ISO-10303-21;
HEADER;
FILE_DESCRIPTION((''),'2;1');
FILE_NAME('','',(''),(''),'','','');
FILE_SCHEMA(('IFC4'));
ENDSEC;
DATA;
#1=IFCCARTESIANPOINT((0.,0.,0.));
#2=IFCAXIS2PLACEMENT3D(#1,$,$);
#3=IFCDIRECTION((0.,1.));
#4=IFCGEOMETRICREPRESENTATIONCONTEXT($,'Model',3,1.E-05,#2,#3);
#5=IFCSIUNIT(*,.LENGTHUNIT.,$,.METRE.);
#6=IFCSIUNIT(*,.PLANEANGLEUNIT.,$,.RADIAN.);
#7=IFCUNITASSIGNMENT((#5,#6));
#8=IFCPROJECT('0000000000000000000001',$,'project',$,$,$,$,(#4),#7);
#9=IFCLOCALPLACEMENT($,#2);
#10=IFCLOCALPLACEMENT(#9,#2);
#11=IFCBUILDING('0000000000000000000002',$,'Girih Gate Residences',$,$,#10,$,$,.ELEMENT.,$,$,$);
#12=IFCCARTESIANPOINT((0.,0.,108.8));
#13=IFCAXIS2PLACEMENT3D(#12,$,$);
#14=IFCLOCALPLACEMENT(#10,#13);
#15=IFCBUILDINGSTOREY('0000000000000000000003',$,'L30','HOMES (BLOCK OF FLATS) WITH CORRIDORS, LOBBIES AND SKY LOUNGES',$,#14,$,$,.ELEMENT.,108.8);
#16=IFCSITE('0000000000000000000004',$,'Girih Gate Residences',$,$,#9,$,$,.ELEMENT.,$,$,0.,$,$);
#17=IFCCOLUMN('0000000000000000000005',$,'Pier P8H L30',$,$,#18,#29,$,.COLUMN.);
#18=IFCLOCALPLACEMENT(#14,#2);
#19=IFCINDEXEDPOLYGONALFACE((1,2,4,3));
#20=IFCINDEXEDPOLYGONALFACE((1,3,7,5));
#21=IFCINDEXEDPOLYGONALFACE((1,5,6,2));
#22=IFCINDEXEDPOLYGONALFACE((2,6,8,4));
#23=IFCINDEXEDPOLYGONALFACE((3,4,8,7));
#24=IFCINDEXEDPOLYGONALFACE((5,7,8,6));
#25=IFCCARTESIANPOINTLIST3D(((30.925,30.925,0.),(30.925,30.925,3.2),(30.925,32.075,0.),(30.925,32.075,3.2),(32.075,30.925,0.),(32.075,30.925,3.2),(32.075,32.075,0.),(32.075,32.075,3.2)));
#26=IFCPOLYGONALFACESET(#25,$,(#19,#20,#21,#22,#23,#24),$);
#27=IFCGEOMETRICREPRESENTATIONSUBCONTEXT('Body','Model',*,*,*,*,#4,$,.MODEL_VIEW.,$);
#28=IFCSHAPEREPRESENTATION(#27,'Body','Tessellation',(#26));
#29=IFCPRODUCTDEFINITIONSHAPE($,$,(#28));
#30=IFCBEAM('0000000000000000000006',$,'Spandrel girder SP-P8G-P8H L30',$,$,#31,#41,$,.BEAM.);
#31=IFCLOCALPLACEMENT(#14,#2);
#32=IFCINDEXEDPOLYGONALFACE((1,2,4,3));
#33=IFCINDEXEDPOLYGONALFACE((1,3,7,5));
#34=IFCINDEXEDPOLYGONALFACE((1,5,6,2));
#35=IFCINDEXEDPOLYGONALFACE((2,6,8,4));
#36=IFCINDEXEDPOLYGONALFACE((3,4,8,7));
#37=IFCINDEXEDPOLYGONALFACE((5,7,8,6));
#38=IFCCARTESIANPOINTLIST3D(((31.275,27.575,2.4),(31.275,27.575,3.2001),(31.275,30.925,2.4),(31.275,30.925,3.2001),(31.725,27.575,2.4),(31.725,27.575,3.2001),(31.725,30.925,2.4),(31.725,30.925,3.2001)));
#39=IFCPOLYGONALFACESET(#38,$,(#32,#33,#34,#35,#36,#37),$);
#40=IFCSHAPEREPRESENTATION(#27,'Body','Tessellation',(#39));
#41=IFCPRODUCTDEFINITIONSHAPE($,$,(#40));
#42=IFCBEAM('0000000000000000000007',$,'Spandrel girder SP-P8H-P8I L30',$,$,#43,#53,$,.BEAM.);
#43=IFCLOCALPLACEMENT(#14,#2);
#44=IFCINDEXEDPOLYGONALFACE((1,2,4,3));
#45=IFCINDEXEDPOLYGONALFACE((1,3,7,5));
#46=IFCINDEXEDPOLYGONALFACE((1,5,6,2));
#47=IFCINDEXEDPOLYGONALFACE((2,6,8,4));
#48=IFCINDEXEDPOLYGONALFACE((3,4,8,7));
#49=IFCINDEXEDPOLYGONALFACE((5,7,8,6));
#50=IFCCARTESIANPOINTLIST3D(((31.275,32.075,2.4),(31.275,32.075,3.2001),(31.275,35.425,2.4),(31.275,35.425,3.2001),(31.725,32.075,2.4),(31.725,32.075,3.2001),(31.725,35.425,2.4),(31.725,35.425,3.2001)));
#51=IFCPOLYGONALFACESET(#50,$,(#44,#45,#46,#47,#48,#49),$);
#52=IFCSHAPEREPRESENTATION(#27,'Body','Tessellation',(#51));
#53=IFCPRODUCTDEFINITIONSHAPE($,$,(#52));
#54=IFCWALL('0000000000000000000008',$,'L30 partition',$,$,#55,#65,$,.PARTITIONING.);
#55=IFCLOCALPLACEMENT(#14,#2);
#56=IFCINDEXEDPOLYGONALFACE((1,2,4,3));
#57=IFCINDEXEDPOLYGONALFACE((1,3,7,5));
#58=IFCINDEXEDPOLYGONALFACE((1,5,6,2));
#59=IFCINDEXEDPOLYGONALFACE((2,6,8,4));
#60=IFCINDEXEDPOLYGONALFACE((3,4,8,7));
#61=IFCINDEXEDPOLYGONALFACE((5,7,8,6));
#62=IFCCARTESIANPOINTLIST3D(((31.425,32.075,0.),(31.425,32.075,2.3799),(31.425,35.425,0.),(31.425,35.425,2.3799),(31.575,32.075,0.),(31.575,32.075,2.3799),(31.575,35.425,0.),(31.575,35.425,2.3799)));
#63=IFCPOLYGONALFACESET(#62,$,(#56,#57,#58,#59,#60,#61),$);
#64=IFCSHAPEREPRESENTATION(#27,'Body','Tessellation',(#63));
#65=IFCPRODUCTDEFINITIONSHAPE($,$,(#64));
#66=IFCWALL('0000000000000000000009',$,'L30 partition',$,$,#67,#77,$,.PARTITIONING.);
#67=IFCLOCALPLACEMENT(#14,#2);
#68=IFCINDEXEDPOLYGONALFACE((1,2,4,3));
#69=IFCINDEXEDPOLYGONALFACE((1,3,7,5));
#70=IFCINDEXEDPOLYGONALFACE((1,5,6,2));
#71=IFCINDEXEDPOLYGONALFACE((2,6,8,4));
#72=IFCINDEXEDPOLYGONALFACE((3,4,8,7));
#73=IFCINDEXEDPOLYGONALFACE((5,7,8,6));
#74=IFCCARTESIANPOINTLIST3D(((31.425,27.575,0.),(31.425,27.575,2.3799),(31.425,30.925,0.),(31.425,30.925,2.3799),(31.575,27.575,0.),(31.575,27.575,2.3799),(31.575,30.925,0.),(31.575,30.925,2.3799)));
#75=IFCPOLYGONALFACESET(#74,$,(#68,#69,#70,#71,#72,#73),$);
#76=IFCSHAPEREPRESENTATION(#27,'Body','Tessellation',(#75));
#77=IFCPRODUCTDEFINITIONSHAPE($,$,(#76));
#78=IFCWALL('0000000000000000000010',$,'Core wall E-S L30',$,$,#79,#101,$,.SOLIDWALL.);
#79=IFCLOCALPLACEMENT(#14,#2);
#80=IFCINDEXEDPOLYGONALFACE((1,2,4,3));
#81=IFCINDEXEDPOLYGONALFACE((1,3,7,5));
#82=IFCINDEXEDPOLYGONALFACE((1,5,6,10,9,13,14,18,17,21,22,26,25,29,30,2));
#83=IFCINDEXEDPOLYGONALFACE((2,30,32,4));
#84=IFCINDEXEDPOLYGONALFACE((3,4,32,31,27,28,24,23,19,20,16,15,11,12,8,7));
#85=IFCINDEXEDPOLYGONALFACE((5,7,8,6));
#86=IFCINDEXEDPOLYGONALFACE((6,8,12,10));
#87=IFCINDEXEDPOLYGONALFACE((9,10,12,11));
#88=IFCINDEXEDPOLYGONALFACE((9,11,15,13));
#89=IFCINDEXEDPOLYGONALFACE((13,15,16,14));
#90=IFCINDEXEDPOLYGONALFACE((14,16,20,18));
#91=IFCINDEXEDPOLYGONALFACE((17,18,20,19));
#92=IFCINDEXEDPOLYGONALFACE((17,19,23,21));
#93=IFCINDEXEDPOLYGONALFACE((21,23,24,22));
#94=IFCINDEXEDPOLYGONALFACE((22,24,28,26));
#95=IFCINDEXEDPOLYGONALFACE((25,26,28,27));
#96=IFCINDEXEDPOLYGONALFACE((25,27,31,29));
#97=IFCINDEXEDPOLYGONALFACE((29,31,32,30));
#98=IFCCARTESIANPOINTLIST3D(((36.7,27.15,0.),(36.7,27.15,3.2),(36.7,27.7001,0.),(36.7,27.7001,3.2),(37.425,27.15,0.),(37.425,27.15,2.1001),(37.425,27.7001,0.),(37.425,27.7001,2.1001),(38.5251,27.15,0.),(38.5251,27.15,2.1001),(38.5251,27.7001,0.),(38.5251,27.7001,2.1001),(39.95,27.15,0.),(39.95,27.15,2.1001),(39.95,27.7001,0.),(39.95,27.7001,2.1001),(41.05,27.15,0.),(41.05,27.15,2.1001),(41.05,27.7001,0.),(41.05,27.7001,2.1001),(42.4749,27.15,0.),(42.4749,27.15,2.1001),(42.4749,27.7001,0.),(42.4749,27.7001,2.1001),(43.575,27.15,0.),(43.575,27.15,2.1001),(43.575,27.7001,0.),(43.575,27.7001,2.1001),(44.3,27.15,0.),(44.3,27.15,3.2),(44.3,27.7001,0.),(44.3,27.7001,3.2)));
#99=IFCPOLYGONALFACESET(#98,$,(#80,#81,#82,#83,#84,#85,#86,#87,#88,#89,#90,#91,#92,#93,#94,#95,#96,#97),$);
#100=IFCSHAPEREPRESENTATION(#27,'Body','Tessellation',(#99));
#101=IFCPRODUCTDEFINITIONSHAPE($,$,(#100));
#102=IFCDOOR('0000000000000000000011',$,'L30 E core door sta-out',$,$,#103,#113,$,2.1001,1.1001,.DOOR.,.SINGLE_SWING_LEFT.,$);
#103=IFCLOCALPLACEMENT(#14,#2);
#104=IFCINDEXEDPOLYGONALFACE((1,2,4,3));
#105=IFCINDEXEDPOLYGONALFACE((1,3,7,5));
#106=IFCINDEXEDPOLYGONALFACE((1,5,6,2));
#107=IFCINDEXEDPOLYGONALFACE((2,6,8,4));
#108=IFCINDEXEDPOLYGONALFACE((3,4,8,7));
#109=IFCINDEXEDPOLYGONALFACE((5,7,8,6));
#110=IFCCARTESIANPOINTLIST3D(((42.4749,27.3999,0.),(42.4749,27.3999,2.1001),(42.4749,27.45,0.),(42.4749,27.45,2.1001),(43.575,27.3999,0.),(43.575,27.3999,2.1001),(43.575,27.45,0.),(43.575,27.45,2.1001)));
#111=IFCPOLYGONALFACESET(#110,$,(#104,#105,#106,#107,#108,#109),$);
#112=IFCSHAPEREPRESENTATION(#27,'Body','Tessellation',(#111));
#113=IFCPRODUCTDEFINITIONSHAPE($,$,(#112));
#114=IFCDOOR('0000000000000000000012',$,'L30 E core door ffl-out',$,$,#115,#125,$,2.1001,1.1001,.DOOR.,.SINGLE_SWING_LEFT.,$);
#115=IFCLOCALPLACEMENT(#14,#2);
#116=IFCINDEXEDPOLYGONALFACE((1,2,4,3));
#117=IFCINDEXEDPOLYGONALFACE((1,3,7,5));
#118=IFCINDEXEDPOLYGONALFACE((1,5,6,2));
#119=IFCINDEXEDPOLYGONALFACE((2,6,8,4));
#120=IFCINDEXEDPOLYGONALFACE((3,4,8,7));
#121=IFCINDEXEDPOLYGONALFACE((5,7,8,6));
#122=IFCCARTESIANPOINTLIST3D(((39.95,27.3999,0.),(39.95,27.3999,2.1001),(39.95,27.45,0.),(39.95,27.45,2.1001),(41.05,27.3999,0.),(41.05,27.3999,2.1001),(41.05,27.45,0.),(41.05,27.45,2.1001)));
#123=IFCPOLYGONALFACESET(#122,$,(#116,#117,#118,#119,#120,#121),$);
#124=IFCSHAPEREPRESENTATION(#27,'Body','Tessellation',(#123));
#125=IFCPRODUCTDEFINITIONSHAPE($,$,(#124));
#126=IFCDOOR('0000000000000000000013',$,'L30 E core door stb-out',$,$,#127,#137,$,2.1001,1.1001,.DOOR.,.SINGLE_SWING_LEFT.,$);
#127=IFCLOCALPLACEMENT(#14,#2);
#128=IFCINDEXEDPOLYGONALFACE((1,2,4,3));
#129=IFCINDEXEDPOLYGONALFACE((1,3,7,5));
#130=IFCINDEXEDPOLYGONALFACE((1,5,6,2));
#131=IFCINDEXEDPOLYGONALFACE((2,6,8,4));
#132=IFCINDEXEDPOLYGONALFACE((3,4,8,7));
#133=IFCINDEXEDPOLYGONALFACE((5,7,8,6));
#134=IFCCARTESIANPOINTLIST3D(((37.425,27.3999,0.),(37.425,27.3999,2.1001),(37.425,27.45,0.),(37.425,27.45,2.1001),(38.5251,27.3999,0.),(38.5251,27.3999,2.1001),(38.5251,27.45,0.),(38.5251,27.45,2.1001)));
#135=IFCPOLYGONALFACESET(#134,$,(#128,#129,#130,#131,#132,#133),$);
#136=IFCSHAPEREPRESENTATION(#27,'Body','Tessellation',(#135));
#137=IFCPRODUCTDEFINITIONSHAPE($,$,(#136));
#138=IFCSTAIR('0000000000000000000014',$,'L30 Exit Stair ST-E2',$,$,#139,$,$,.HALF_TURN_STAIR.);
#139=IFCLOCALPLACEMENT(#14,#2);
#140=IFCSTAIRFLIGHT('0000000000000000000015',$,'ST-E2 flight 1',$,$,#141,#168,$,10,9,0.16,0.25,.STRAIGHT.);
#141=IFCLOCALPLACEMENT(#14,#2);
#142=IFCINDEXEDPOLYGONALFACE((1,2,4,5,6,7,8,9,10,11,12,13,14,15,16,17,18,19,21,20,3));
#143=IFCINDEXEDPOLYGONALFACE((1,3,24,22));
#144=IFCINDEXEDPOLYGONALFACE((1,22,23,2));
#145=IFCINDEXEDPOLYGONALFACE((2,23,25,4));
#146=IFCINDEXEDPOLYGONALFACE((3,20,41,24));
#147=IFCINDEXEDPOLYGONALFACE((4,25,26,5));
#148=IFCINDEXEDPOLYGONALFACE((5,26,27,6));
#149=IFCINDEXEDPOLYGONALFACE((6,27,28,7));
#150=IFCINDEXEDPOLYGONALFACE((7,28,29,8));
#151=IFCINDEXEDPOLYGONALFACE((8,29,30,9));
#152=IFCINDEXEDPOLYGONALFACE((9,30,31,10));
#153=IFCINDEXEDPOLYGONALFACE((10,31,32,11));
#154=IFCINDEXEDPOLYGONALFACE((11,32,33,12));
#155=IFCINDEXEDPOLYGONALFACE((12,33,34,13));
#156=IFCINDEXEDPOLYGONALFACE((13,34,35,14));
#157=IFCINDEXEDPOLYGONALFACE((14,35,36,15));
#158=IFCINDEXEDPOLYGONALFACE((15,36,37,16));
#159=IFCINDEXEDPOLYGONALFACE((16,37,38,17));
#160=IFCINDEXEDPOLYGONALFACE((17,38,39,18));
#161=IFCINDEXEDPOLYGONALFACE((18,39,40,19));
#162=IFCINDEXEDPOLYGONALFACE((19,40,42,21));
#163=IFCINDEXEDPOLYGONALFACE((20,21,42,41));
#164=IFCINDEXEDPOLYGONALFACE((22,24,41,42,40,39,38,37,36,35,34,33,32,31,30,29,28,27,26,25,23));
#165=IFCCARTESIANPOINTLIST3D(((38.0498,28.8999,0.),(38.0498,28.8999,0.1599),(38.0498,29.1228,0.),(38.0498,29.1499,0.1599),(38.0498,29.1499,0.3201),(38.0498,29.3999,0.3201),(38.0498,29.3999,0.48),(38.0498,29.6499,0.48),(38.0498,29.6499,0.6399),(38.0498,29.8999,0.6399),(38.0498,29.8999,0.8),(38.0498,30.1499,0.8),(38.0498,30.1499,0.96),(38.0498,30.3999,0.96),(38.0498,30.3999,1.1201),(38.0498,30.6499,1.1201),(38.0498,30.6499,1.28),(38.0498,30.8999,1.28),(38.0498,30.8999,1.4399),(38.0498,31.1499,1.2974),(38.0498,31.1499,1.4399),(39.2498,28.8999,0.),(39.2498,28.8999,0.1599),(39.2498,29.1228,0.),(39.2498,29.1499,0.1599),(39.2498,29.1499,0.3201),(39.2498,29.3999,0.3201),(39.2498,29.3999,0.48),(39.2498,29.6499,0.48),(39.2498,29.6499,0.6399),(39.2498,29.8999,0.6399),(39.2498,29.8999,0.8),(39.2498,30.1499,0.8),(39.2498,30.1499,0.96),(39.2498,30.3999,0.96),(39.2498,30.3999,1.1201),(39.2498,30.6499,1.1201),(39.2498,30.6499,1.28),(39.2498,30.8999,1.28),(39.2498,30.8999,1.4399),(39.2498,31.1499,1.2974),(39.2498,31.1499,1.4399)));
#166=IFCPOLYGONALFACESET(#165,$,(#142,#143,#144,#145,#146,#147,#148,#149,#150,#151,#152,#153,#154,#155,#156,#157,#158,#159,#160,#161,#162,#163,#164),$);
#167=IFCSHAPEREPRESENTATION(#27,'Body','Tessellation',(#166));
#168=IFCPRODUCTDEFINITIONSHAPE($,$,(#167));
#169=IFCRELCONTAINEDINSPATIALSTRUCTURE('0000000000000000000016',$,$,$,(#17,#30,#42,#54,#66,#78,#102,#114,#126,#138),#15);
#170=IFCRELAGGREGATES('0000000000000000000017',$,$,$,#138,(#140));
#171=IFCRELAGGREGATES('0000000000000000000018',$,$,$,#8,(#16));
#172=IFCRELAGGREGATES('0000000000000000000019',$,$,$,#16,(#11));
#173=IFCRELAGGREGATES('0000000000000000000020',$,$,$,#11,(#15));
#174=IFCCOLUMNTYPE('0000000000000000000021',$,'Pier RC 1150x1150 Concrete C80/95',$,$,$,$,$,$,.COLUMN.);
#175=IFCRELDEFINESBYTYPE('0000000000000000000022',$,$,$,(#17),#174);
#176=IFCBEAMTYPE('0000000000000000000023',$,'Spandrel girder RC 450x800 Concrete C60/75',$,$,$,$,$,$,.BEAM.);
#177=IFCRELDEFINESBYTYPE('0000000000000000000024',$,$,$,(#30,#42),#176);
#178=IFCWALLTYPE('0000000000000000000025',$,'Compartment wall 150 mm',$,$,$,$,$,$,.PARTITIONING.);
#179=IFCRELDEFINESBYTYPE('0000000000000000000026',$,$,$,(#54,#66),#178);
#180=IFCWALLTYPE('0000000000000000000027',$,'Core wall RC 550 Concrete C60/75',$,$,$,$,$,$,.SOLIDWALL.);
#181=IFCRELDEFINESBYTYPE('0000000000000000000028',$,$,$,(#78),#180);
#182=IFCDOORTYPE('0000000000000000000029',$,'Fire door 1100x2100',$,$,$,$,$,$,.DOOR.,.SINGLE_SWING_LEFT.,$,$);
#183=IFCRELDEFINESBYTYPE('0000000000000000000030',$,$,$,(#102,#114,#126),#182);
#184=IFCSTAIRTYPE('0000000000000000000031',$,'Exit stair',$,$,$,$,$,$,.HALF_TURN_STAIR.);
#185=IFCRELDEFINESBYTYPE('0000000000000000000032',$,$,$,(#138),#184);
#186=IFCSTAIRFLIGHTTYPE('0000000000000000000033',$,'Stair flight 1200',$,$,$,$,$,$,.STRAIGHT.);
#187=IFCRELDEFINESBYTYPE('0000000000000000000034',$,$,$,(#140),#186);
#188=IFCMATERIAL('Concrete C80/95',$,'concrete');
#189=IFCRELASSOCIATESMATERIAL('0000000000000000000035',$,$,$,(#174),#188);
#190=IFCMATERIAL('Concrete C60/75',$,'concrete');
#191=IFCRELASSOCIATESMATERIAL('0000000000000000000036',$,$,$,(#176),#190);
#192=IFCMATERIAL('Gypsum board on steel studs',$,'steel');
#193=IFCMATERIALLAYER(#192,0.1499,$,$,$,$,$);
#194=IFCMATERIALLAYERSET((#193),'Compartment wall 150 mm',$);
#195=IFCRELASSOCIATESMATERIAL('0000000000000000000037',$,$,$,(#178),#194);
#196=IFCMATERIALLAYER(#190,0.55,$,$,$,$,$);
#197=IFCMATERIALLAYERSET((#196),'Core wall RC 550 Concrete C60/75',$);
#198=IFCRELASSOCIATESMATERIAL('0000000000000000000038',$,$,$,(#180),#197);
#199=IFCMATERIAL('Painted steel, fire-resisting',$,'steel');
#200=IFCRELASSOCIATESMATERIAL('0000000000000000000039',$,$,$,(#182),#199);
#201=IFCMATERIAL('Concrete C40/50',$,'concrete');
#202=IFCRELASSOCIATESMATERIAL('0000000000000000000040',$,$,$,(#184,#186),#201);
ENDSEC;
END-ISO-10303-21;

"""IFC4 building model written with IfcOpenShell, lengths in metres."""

from ifc_helpers import new_model, si_unit, direction, frame, frame_2d, origin, origin_2d, place, context, subcontext, project, spatial, polyline, rectangle, outline, extrude, material, layer, layer_set, material_profile, profile_set, type_object, element, fill, aggregate, save


model = new_model("IFC4")

# Units and contexts
model_context = context("Model", 3, precision=1e-05, world=origin(), true_north=direction((0.0, 1.0)))
body_context = subcontext(model_context, "Body", "Model", "MODEL_VIEW")
ifc_project = project(units=[si_unit("LENGTHUNIT", "METRE"), si_unit("PLANEANGLEUNIT", "RADIAN")], contexts=[model_context])

# Site, building, storey
site_placement = place(None, origin())
site = spatial("IfcSite", under=ifc_project, at=site_placement, Name="Girih Gate Residences", CompositionType="ELEMENT", RefElevation=0.0)
building_placement = place(site_placement, origin())
building = spatial("IfcBuilding", under=site, at=building_placement, Name="Girih Gate Residences", CompositionType="ELEMENT")
storey_placement = place(building_placement, frame((0.0, 0.0, 108.8)))
storey = spatial("IfcBuildingStorey", under=building, at=storey_placement, Name="L30", Description="HOMES (BLOCK OF FLATS) WITH CORRIDORS, LOBBIES AND SKY LOUNGES", CompositionType="ELEMENT", Elevation=108.8)

# Column
ifc_material_1 = material(Name="Concrete C80/95", Category="concrete")
ifc_material_profile_1 = material_profile(ifc_material_1, rectangle(XDim=1.1499, YDim=1.1499, at=origin_2d()))
ifc_profile_set_1 = profile_set([ifc_material_profile_1], Name="Concrete C80/95")
column_type = type_object("IfcColumnType", Name="Pier RC 1150x1150 Concrete C80/95", PredefinedType="COLUMN", material=ifc_profile_set_1)
column_placement = place(storey_placement, frame((31.5, 31.5, 0.0), z_axis=(0.0, 0.0, 1.0), x_axis=(1.0, 0.0, 0.0)))
element("IfcColumn", 1, at=column_placement, inside=storey, type_object=column_type, Name="Pier P8H L30", PredefinedType="COLUMN", context=body_context, shape_type="SweptSolid", body=[
    extrude(rectangle(XDim=1.1499, YDim=1.1499, at=origin_2d()), origin(), (0.0, 0.0, 1.0), 3.2),
])

# Beams
ifc_material_2 = material(Name="Concrete C60/75", Category="concrete")
ifc_material_profile_2 = material_profile(ifc_material_2, rectangle(XDim=0.45, YDim=0.8, at=origin_2d()))
ifc_profile_set_2 = profile_set([ifc_material_profile_2], Name="Concrete C60/75")
beam_type = type_object("IfcBeamType", Name="Spandrel girder RC 450x800 Concrete C60/75", PredefinedType="BEAM", material=ifc_profile_set_2)
for number, where, z_axis, x_axis, name in (
    (2, (31.5, 27.575, 2.8), (0.0, 1.0, 0.0), (-1.0, 0.0, 0.0), "Spandrel girder SP-P8G-P8H L30"),
    (3, (31.5, 32.075, 2.8), (0.0, 1.0, 0.0), (-1.0, 0.0, 0.0), "Spandrel girder SP-P8H-P8I L30"),
):
    element("IfcBeam", number, at=place(storey_placement, frame(where, z_axis=z_axis, x_axis=x_axis)), inside=storey, type_object=beam_type, Name=name, PredefinedType="BEAM", context=body_context, shape_type="SweptSolid", body=[
        extrude(rectangle(XDim=0.45, YDim=0.8, at=origin_2d()), origin(), (0.0, 0.0, 1.0), 3.3501),
    ])

# Walls
ifc_material_3 = material(Name="Gypsum board on steel studs", Category="steel")
ifc_layer_1 = layer(ifc_material_3, 0.1499)
ifc_layer_set_1 = layer_set([ifc_layer_1], Name="Compartment wall 150 mm")
wall_type_1 = type_object("IfcWallType", Name="Compartment wall 150 mm", PredefinedType="PARTITIONING", material=ifc_layer_set_1)
for number, where, z_axis, x_axis, name in (
    (4, (31.5, 32.075, 0.0), (0.0, 0.0, 1.0), (0.0, 1.0, 0.0), "L30 partition"),
    (5, (31.5, 27.575, 0.0), (0.0, 0.0, 1.0), (0.0, 1.0, 0.0), "L30 partition"),
):
    element("IfcWall", number, at=place(storey_placement, frame(where, z_axis=z_axis, x_axis=x_axis)), inside=storey, type_object=wall_type_1, Name=name, PredefinedType="PARTITIONING", context=body_context, shape_type="SweptSolid", body=[
        extrude(rectangle(XDim=3.3501, YDim=0.1499, at=frame_2d((1.675, 0.0))), origin(), (0.0, 0.0, 1.0), 2.3799),
    ])

# Wall, openings, doors
ifc_layer_2 = layer(ifc_material_2, 0.55)
ifc_layer_set_2 = layer_set([ifc_layer_2], Name="Core wall RC 550 Concrete C60/75")
wall_type_2 = type_object("IfcWallType", Name="Core wall RC 550 Concrete C60/75", PredefinedType="SOLIDWALL", material=ifc_layer_set_2)
wall_placement = place(storey_placement, frame((36.7, 27.425, 0.0), z_axis=(0.0, 0.0, 1.0), x_axis=(1.0, 0.0, 0.0)))
wall = element("IfcWall", 6, at=wall_placement, inside=storey, type_object=wall_type_2, Name="Core wall E-S L30", PredefinedType="SOLIDWALL", context=body_context, shape_type="SweptSolid", body=[
    extrude(rectangle(XDim=7.6001, YDim=0.55, at=frame_2d((3.8, 0.0))), origin(), (0.0, 0.0, 1.0), 3.2),
])
opening_1_placement = place(wall_placement, frame((5.7749, 0.0, 0.0)))
opening_1 = element("IfcOpeningElement", 7, at=opening_1_placement, cuts=wall, PredefinedType="OPENING", context=body_context, shape_type="SweptSolid", body=[
    extrude(rectangle(XDim=1.1001, YDim=2.1001, at=frame_2d((0.55, 1.05))), frame((0.0, 0.2849, 0.0), z_axis=(0.0, -1.0, 0.0), x_axis=(1.0, 0.0, 0.0)), (0.0, 0.0, 1.0), 0.5701),
])
opening_2_placement = place(wall_placement, frame((3.25, 0.0, 0.0)))
opening_2 = element("IfcOpeningElement", 8, at=opening_2_placement, cuts=wall, PredefinedType="OPENING", context=body_context, shape_type="SweptSolid", body=[
    extrude(rectangle(XDim=1.1001, YDim=2.1001, at=frame_2d((0.55, 1.05))), frame((0.0, 0.2849, 0.0), z_axis=(0.0, -1.0, 0.0), x_axis=(1.0, 0.0, 0.0)), (0.0, 0.0, 1.0), 0.5701),
])
opening_3_placement = place(wall_placement, frame((0.7251, 0.0, 0.0)))
opening_3 = element("IfcOpeningElement", 9, at=opening_3_placement, cuts=wall, PredefinedType="OPENING", context=body_context, shape_type="SweptSolid", body=[
    extrude(rectangle(XDim=1.1001, YDim=2.1001, at=frame_2d((0.55, 1.05))), frame((0.0, 0.2849, 0.0), z_axis=(0.0, -1.0, 0.0), x_axis=(1.0, 0.0, 0.0)), (0.0, 0.0, 1.0), 0.5701),
])
ifc_material_4 = material(Name="Painted steel, fire-resisting", Category="steel")
door_type = type_object("IfcDoorType", Name="Fire door 1100x2100", OperationType="SINGLE_SWING_LEFT", PredefinedType="DOOR", material=ifc_material_4)
door_1_placement = place(opening_1_placement, origin())
door_1 = element("IfcDoor", 10, at=door_1_placement, inside=storey, type_object=door_type, Name="L30 E core door sta-out", OperationType="SINGLE_SWING_LEFT", OverallHeight=2.1001, OverallWidth=1.1001, PredefinedType="DOOR", context=body_context, shape_type="SweptSolid", body=[
    extrude(rectangle(XDim=1.1001, YDim=2.1001, at=frame_2d((0.55, 1.05))), frame((0.0, 0.0249, 0.0), z_axis=(0.0, -1.0, 0.0), x_axis=(1.0, 0.0, 0.0)), (0.0, 0.0, 1.0), 0.05),
])
fill(opening_1, door_1)
door_2_placement = place(opening_2_placement, origin())
door_2 = element("IfcDoor", 11, at=door_2_placement, inside=storey, type_object=door_type, Name="L30 E core door ffl-out", OperationType="SINGLE_SWING_LEFT", OverallHeight=2.1001, OverallWidth=1.1001, PredefinedType="DOOR", context=body_context, shape_type="SweptSolid", body=[
    extrude(rectangle(XDim=1.1001, YDim=2.1001, at=frame_2d((0.55, 1.05))), frame((0.0, 0.0249, 0.0), z_axis=(0.0, -1.0, 0.0), x_axis=(1.0, 0.0, 0.0)), (0.0, 0.0, 1.0), 0.05),
])
fill(opening_2, door_2)
door_3_placement = place(opening_3_placement, origin())
door_3 = element("IfcDoor", 12, at=door_3_placement, inside=storey, type_object=door_type, Name="L30 E core door stb-out", OperationType="SINGLE_SWING_LEFT", OverallHeight=2.1001, OverallWidth=1.1001, PredefinedType="DOOR", context=body_context, shape_type="SweptSolid", body=[
    extrude(rectangle(XDim=1.1001, YDim=2.1001, at=frame_2d((0.55, 1.05))), frame((0.0, 0.0249, 0.0), z_axis=(0.0, -1.0, 0.0), x_axis=(1.0, 0.0, 0.0)), (0.0, 0.0, 1.0), 0.05),
])
fill(opening_3, door_3)

# Stair, stair flight
ifc_material_5 = material(Name="Concrete C40/50", Category="concrete")
stair_type = type_object("IfcStairType", Name="Exit stair", PredefinedType="HALF_TURN_STAIR", material=ifc_material_5)
stair_placement = place(storey_placement, origin())
stair = element("IfcStair", 13, at=stair_placement, inside=storey, type_object=stair_type, Name="L30 Exit Stair ST-E2", PredefinedType="HALF_TURN_STAIR")
stair_flight_type = type_object("IfcStairFlightType", Name="Stair flight 1200", PredefinedType="STRAIGHT", material=ifc_material_5)
stair_flight_1_placement = place(storey_placement, frame((38.6499, 28.8999, 0.0), z_axis=(0.0, 0.0, 1.0), x_axis=(0.0, 1.0, 0.0)))
stair_flight_1 = element("IfcStairFlight", 14, at=stair_flight_1_placement, type_object=stair_flight_type, Name="ST-E2 flight 1", NumberOfRisers=10, NumberOfTreads=9, PredefinedType="STRAIGHT", RiserHeight=0.16, TreadLength=0.25, context=body_context, shape_type="SweptSolid", body=[
    extrude(outline(polyline([(0.0, 0.0), (0.0, 0.1599), (0.25, 0.1599), (0.25, 0.3201), (0.5, 0.3201), (0.5, 0.48), (0.75, 0.48), (0.75, 0.6399), (1.0, 0.6399), (1.0, 0.8), (1.25, 0.8), (1.25, 0.96), (1.5, 0.96), (1.5, 1.1201), (1.75, 1.1201), (1.75, 1.28), (2.0, 1.28), (2.0, 1.4399), (2.25, 1.4399), (2.25, 1.6001), (2.25, 1.2974), (0.2229, 0.0), (0.0, 0.0)])), frame((0.0, 0.6001, 0.0), z_axis=(0.0, -1.0, 0.0), x_axis=(1.0, 0.0, 0.0)), (0.0, 0.0, 1.0), 1.2),
])
aggregate(stair, [stair_flight_1])

save(model, "model.ifc")
